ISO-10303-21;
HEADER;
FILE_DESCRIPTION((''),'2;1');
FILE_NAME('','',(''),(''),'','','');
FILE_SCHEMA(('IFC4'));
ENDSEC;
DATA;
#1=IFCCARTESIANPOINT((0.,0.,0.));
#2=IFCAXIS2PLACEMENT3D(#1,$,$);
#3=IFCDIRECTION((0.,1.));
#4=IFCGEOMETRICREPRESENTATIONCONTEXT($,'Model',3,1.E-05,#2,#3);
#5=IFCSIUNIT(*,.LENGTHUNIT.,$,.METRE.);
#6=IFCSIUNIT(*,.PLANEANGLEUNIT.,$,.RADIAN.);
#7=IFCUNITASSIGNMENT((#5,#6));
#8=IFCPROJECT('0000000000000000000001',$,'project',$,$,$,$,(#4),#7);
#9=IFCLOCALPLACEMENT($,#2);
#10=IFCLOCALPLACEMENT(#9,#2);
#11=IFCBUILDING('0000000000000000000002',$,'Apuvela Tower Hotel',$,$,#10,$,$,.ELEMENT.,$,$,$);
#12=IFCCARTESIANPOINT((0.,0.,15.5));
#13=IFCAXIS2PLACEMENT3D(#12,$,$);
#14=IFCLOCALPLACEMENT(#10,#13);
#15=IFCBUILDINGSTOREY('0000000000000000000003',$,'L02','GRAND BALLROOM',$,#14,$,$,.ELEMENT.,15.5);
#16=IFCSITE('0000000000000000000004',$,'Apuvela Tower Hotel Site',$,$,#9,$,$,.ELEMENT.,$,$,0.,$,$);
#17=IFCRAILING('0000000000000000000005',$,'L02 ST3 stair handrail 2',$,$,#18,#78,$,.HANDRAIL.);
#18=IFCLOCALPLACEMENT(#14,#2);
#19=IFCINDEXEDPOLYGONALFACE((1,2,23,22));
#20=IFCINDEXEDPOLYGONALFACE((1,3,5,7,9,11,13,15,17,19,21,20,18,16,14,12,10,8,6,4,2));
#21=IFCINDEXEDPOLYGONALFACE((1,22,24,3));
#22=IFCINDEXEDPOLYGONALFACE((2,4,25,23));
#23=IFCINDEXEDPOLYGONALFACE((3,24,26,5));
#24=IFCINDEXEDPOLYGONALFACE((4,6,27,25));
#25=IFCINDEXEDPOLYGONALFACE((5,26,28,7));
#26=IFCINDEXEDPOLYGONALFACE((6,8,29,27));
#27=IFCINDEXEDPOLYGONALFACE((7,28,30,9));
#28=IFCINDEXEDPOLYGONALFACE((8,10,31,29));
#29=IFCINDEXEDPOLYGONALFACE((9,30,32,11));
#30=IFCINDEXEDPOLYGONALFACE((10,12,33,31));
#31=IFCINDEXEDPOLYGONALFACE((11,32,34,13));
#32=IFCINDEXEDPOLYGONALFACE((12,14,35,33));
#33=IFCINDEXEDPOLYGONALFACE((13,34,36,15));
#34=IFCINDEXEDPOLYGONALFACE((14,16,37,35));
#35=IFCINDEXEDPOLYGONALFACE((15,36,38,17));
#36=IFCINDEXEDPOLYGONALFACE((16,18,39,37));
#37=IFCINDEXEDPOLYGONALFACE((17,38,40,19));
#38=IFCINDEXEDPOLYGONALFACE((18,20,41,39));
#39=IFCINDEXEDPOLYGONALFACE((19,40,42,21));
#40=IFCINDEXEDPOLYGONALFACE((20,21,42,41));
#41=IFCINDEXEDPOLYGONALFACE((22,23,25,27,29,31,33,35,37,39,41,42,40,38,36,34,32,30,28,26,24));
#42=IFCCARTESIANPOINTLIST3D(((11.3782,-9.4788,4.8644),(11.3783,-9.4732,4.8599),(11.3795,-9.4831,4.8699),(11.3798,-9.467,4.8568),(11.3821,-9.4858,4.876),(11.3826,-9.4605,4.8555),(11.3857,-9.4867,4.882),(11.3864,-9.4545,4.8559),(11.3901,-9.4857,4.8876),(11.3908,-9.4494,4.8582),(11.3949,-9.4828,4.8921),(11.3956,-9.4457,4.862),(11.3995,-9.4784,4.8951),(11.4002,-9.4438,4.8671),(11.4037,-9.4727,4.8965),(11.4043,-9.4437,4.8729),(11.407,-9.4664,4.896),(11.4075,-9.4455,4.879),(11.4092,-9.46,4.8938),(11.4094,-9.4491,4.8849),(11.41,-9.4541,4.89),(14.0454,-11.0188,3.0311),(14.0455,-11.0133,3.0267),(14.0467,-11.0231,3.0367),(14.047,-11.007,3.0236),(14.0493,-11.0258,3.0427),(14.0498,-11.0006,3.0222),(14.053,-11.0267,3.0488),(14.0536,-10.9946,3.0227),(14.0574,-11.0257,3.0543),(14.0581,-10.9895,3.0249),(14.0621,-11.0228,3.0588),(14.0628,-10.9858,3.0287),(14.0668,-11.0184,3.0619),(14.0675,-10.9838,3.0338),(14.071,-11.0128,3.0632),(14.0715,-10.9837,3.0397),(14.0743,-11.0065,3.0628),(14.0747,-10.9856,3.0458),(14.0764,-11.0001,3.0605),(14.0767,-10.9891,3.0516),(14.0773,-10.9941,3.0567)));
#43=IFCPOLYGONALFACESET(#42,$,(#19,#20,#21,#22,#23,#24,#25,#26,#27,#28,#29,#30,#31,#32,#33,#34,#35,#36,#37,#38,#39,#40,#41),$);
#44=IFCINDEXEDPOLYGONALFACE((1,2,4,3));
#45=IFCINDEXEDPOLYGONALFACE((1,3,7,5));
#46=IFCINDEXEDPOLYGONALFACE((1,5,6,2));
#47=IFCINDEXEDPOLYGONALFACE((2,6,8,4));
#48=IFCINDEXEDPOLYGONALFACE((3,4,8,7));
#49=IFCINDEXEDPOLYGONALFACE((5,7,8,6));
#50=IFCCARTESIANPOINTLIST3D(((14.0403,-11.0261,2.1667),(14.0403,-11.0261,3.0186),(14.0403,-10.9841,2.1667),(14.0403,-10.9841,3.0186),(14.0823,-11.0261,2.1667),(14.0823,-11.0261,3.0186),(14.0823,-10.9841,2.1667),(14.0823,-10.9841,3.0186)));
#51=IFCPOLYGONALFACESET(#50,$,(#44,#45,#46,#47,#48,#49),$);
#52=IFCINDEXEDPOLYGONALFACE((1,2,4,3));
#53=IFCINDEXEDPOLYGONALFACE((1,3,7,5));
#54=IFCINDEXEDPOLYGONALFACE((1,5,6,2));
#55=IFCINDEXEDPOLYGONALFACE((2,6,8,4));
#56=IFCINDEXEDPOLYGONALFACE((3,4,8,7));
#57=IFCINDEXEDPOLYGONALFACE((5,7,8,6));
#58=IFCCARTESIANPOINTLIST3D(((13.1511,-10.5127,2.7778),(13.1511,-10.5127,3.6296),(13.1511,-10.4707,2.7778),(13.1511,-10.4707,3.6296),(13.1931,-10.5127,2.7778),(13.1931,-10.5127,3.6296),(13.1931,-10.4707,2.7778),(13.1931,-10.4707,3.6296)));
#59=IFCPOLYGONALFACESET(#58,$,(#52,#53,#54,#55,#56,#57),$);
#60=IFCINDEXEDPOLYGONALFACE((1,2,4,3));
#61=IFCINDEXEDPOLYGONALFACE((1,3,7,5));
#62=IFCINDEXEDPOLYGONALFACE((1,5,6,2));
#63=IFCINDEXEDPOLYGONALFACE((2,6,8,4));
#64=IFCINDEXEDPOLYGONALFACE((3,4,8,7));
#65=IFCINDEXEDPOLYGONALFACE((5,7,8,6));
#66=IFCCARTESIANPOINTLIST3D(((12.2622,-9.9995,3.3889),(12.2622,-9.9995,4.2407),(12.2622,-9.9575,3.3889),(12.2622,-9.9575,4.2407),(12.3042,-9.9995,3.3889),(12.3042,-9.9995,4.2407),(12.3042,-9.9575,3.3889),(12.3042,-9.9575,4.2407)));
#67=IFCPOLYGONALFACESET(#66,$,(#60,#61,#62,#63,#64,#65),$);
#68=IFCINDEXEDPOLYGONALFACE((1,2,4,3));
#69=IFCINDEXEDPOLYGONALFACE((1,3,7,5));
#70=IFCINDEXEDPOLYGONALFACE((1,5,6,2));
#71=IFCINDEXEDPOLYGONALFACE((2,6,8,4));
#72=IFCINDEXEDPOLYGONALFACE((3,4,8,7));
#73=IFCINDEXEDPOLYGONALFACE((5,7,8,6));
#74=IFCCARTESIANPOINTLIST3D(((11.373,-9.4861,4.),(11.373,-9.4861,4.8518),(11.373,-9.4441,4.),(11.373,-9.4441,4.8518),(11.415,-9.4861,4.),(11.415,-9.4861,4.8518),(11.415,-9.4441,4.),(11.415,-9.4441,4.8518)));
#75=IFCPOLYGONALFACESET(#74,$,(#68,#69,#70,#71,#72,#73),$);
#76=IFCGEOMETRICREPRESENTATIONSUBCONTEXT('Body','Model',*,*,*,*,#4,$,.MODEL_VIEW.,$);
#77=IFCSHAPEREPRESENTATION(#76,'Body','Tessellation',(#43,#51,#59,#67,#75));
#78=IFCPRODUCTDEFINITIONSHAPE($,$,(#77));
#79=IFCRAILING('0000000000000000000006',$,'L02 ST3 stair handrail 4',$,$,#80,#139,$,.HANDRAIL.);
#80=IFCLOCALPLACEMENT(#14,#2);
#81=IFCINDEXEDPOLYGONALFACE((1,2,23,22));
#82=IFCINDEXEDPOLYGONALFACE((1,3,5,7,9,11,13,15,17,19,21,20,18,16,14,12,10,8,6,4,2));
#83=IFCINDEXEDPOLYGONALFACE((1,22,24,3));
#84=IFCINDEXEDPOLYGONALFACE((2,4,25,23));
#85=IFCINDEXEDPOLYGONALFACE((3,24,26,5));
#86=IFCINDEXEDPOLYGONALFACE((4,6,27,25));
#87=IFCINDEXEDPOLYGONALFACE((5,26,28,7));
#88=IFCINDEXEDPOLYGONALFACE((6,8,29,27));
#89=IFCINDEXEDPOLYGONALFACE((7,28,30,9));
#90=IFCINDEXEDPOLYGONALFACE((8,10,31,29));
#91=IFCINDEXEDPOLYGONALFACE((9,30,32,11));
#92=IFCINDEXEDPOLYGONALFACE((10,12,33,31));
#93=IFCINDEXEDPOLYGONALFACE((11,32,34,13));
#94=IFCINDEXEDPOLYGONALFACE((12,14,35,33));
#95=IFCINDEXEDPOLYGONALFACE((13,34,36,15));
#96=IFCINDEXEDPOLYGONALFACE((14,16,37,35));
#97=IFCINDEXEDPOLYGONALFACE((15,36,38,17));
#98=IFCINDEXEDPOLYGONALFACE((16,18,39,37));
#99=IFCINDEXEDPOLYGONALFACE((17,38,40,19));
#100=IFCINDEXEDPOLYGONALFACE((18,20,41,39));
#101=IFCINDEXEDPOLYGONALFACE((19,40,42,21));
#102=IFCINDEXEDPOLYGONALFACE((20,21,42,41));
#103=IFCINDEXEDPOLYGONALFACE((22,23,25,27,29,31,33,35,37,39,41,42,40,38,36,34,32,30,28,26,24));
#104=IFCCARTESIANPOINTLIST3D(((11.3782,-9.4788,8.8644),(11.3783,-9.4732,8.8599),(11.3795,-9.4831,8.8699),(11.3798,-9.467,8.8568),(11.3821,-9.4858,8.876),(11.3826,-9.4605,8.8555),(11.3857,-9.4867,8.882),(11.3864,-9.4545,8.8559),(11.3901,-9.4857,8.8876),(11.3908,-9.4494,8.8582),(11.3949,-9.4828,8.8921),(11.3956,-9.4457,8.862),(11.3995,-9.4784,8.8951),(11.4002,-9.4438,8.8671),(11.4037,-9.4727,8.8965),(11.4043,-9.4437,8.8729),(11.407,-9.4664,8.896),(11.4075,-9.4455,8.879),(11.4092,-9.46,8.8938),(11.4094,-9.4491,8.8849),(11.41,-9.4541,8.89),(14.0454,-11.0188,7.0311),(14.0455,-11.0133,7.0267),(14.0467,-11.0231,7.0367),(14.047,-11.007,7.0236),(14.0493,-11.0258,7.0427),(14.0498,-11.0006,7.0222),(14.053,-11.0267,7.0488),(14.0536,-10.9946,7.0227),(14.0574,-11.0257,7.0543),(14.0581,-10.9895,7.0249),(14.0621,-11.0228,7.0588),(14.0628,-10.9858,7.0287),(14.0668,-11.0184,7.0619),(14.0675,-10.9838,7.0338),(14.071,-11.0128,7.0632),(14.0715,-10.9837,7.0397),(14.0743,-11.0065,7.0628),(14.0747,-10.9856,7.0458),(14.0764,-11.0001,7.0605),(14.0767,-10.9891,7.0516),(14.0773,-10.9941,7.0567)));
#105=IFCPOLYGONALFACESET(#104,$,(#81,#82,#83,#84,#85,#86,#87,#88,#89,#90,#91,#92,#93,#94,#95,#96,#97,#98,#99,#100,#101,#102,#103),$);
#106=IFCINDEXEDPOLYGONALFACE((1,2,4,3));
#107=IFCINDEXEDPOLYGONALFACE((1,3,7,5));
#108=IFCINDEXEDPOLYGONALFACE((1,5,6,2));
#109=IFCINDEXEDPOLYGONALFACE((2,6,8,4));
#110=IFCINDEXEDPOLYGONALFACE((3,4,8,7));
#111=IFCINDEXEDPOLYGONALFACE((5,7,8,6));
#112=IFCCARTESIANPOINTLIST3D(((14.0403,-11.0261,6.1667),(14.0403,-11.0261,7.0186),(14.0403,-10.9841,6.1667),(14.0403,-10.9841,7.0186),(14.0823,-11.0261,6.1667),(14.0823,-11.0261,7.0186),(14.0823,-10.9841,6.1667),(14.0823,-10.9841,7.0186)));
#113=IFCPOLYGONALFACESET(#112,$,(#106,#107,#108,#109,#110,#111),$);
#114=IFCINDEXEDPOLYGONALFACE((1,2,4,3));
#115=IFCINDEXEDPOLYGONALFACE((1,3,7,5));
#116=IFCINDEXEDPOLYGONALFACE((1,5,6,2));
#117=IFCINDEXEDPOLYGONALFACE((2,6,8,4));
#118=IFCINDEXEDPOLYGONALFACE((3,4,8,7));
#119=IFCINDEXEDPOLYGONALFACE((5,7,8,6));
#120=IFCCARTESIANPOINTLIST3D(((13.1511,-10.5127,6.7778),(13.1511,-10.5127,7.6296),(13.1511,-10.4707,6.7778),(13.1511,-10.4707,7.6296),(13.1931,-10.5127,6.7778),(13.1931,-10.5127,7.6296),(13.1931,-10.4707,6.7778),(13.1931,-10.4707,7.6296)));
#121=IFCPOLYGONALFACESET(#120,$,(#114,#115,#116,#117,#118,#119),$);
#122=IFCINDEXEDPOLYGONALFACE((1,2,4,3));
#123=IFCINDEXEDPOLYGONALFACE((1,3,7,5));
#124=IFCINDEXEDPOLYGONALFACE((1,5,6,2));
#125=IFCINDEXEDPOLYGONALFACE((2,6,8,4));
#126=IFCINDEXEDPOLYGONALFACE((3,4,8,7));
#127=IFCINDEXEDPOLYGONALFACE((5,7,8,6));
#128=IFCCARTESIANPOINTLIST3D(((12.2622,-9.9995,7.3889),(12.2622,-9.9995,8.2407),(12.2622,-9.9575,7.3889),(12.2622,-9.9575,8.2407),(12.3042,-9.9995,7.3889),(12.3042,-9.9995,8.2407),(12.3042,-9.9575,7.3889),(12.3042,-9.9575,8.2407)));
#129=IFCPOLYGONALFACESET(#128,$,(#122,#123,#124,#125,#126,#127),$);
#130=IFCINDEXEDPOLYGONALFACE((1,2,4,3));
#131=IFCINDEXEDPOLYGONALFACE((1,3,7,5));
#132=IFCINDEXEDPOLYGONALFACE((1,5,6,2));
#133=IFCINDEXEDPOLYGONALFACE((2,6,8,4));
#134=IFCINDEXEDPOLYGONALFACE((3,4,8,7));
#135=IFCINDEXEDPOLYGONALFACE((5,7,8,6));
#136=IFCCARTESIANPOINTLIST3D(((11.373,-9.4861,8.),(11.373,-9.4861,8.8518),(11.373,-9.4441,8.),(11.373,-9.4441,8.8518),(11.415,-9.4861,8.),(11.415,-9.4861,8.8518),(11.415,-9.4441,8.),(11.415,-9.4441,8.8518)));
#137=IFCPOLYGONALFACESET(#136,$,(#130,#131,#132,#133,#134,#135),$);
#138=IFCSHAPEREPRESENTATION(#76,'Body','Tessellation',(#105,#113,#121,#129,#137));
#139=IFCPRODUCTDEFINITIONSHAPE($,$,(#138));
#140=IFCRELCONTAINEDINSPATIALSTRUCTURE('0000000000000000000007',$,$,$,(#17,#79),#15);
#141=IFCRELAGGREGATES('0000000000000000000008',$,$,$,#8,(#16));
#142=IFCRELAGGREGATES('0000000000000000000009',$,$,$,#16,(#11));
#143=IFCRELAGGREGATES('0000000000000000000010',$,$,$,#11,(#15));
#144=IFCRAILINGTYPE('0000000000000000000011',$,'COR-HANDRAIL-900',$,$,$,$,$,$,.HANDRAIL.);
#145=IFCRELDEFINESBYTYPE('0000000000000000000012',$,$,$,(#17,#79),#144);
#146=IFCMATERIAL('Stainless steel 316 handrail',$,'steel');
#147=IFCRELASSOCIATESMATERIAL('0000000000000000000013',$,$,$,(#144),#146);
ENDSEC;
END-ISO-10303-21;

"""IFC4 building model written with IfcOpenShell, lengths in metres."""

from ifc_helpers import new_model, si_unit, direction, frame, origin, origin_2d, place, context, subcontext, project, spatial, rectangle, circle, extrude, material, type_object, element, save


model = new_model("IFC4")

# Units and contexts
model_context = context("Model", 3, precision=1e-05, world=origin(), true_north=direction((0.0, 1.0)))
body_context = subcontext(model_context, "Body", "Model", "MODEL_VIEW")
ifc_project = project(units=[si_unit("LENGTHUNIT", "METRE"), si_unit("PLANEANGLEUNIT", "RADIAN")], contexts=[model_context])

# Site, building, storey
site_placement = place(None, origin())
site = spatial("IfcSite", under=ifc_project, at=site_placement, Name="Apuvela Tower Hotel Site", CompositionType="ELEMENT", RefElevation=0.0)
building_placement = place(site_placement, origin())
building = spatial("IfcBuilding", under=site, at=building_placement, Name="Apuvela Tower Hotel", CompositionType="ELEMENT")
storey_placement = place(building_placement, frame((0.0, 0.0, 15.5)))
storey = spatial("IfcBuildingStorey", under=building, at=storey_placement, Name="L02", Description="GRAND BALLROOM", CompositionType="ELEMENT", Elevation=15.5)

# Railings
ifc_material_1 = material(Name="Stainless steel 316 handrail", Category="steel")
railing_type = type_object("IfcRailingType", Name="COR-HANDRAIL-900", PredefinedType="HANDRAIL", material=ifc_material_1)
for number, where, name in (
    (1, (14.0613, -11.0051, 2.1667), "L02 ST3 stair handrail 2"),
    (2, (14.0613, -11.0051, 6.1667), "L02 ST3 stair handrail 4"),
):
    element("IfcRailing", number, at=place(storey_placement, frame(where)), inside=storey, type_object=railing_type, Name=name, PredefinedType="HANDRAIL", context=body_context, shape_type="SweptSolid", body=[
        extrude(circle(Radius=0.0239, at=origin_2d()), frame((0.0, 0.0, 0.876), z_axis=(-0.744159, 0.429671, 0.511478), x_axis=(-0.500027, -0.86601, 0.0)), (0.0, 0.0, 1.0), 3.5842),
        extrude(rectangle(XDim=0.042, YDim=0.042, at=origin_2d()), origin(), (0.0, 0.0, 1.0), 0.8518),
        extrude(rectangle(XDim=0.042, YDim=0.042, at=origin_2d()), frame((-0.8892, 0.5134, 0.6111)), (0.0, 0.0, 1.0), 0.8518),
        extrude(rectangle(XDim=0.042, YDim=0.042, at=origin_2d()), frame((-1.7781, 1.0266, 1.2222)), (0.0, 0.0, 1.0), 0.8518),
        extrude(rectangle(XDim=0.042, YDim=0.042, at=origin_2d()), frame((-2.6672, 1.54, 1.8333)), (0.0, 0.0, 1.0), 0.8518),
    ])

save(model, "model.ifc")
